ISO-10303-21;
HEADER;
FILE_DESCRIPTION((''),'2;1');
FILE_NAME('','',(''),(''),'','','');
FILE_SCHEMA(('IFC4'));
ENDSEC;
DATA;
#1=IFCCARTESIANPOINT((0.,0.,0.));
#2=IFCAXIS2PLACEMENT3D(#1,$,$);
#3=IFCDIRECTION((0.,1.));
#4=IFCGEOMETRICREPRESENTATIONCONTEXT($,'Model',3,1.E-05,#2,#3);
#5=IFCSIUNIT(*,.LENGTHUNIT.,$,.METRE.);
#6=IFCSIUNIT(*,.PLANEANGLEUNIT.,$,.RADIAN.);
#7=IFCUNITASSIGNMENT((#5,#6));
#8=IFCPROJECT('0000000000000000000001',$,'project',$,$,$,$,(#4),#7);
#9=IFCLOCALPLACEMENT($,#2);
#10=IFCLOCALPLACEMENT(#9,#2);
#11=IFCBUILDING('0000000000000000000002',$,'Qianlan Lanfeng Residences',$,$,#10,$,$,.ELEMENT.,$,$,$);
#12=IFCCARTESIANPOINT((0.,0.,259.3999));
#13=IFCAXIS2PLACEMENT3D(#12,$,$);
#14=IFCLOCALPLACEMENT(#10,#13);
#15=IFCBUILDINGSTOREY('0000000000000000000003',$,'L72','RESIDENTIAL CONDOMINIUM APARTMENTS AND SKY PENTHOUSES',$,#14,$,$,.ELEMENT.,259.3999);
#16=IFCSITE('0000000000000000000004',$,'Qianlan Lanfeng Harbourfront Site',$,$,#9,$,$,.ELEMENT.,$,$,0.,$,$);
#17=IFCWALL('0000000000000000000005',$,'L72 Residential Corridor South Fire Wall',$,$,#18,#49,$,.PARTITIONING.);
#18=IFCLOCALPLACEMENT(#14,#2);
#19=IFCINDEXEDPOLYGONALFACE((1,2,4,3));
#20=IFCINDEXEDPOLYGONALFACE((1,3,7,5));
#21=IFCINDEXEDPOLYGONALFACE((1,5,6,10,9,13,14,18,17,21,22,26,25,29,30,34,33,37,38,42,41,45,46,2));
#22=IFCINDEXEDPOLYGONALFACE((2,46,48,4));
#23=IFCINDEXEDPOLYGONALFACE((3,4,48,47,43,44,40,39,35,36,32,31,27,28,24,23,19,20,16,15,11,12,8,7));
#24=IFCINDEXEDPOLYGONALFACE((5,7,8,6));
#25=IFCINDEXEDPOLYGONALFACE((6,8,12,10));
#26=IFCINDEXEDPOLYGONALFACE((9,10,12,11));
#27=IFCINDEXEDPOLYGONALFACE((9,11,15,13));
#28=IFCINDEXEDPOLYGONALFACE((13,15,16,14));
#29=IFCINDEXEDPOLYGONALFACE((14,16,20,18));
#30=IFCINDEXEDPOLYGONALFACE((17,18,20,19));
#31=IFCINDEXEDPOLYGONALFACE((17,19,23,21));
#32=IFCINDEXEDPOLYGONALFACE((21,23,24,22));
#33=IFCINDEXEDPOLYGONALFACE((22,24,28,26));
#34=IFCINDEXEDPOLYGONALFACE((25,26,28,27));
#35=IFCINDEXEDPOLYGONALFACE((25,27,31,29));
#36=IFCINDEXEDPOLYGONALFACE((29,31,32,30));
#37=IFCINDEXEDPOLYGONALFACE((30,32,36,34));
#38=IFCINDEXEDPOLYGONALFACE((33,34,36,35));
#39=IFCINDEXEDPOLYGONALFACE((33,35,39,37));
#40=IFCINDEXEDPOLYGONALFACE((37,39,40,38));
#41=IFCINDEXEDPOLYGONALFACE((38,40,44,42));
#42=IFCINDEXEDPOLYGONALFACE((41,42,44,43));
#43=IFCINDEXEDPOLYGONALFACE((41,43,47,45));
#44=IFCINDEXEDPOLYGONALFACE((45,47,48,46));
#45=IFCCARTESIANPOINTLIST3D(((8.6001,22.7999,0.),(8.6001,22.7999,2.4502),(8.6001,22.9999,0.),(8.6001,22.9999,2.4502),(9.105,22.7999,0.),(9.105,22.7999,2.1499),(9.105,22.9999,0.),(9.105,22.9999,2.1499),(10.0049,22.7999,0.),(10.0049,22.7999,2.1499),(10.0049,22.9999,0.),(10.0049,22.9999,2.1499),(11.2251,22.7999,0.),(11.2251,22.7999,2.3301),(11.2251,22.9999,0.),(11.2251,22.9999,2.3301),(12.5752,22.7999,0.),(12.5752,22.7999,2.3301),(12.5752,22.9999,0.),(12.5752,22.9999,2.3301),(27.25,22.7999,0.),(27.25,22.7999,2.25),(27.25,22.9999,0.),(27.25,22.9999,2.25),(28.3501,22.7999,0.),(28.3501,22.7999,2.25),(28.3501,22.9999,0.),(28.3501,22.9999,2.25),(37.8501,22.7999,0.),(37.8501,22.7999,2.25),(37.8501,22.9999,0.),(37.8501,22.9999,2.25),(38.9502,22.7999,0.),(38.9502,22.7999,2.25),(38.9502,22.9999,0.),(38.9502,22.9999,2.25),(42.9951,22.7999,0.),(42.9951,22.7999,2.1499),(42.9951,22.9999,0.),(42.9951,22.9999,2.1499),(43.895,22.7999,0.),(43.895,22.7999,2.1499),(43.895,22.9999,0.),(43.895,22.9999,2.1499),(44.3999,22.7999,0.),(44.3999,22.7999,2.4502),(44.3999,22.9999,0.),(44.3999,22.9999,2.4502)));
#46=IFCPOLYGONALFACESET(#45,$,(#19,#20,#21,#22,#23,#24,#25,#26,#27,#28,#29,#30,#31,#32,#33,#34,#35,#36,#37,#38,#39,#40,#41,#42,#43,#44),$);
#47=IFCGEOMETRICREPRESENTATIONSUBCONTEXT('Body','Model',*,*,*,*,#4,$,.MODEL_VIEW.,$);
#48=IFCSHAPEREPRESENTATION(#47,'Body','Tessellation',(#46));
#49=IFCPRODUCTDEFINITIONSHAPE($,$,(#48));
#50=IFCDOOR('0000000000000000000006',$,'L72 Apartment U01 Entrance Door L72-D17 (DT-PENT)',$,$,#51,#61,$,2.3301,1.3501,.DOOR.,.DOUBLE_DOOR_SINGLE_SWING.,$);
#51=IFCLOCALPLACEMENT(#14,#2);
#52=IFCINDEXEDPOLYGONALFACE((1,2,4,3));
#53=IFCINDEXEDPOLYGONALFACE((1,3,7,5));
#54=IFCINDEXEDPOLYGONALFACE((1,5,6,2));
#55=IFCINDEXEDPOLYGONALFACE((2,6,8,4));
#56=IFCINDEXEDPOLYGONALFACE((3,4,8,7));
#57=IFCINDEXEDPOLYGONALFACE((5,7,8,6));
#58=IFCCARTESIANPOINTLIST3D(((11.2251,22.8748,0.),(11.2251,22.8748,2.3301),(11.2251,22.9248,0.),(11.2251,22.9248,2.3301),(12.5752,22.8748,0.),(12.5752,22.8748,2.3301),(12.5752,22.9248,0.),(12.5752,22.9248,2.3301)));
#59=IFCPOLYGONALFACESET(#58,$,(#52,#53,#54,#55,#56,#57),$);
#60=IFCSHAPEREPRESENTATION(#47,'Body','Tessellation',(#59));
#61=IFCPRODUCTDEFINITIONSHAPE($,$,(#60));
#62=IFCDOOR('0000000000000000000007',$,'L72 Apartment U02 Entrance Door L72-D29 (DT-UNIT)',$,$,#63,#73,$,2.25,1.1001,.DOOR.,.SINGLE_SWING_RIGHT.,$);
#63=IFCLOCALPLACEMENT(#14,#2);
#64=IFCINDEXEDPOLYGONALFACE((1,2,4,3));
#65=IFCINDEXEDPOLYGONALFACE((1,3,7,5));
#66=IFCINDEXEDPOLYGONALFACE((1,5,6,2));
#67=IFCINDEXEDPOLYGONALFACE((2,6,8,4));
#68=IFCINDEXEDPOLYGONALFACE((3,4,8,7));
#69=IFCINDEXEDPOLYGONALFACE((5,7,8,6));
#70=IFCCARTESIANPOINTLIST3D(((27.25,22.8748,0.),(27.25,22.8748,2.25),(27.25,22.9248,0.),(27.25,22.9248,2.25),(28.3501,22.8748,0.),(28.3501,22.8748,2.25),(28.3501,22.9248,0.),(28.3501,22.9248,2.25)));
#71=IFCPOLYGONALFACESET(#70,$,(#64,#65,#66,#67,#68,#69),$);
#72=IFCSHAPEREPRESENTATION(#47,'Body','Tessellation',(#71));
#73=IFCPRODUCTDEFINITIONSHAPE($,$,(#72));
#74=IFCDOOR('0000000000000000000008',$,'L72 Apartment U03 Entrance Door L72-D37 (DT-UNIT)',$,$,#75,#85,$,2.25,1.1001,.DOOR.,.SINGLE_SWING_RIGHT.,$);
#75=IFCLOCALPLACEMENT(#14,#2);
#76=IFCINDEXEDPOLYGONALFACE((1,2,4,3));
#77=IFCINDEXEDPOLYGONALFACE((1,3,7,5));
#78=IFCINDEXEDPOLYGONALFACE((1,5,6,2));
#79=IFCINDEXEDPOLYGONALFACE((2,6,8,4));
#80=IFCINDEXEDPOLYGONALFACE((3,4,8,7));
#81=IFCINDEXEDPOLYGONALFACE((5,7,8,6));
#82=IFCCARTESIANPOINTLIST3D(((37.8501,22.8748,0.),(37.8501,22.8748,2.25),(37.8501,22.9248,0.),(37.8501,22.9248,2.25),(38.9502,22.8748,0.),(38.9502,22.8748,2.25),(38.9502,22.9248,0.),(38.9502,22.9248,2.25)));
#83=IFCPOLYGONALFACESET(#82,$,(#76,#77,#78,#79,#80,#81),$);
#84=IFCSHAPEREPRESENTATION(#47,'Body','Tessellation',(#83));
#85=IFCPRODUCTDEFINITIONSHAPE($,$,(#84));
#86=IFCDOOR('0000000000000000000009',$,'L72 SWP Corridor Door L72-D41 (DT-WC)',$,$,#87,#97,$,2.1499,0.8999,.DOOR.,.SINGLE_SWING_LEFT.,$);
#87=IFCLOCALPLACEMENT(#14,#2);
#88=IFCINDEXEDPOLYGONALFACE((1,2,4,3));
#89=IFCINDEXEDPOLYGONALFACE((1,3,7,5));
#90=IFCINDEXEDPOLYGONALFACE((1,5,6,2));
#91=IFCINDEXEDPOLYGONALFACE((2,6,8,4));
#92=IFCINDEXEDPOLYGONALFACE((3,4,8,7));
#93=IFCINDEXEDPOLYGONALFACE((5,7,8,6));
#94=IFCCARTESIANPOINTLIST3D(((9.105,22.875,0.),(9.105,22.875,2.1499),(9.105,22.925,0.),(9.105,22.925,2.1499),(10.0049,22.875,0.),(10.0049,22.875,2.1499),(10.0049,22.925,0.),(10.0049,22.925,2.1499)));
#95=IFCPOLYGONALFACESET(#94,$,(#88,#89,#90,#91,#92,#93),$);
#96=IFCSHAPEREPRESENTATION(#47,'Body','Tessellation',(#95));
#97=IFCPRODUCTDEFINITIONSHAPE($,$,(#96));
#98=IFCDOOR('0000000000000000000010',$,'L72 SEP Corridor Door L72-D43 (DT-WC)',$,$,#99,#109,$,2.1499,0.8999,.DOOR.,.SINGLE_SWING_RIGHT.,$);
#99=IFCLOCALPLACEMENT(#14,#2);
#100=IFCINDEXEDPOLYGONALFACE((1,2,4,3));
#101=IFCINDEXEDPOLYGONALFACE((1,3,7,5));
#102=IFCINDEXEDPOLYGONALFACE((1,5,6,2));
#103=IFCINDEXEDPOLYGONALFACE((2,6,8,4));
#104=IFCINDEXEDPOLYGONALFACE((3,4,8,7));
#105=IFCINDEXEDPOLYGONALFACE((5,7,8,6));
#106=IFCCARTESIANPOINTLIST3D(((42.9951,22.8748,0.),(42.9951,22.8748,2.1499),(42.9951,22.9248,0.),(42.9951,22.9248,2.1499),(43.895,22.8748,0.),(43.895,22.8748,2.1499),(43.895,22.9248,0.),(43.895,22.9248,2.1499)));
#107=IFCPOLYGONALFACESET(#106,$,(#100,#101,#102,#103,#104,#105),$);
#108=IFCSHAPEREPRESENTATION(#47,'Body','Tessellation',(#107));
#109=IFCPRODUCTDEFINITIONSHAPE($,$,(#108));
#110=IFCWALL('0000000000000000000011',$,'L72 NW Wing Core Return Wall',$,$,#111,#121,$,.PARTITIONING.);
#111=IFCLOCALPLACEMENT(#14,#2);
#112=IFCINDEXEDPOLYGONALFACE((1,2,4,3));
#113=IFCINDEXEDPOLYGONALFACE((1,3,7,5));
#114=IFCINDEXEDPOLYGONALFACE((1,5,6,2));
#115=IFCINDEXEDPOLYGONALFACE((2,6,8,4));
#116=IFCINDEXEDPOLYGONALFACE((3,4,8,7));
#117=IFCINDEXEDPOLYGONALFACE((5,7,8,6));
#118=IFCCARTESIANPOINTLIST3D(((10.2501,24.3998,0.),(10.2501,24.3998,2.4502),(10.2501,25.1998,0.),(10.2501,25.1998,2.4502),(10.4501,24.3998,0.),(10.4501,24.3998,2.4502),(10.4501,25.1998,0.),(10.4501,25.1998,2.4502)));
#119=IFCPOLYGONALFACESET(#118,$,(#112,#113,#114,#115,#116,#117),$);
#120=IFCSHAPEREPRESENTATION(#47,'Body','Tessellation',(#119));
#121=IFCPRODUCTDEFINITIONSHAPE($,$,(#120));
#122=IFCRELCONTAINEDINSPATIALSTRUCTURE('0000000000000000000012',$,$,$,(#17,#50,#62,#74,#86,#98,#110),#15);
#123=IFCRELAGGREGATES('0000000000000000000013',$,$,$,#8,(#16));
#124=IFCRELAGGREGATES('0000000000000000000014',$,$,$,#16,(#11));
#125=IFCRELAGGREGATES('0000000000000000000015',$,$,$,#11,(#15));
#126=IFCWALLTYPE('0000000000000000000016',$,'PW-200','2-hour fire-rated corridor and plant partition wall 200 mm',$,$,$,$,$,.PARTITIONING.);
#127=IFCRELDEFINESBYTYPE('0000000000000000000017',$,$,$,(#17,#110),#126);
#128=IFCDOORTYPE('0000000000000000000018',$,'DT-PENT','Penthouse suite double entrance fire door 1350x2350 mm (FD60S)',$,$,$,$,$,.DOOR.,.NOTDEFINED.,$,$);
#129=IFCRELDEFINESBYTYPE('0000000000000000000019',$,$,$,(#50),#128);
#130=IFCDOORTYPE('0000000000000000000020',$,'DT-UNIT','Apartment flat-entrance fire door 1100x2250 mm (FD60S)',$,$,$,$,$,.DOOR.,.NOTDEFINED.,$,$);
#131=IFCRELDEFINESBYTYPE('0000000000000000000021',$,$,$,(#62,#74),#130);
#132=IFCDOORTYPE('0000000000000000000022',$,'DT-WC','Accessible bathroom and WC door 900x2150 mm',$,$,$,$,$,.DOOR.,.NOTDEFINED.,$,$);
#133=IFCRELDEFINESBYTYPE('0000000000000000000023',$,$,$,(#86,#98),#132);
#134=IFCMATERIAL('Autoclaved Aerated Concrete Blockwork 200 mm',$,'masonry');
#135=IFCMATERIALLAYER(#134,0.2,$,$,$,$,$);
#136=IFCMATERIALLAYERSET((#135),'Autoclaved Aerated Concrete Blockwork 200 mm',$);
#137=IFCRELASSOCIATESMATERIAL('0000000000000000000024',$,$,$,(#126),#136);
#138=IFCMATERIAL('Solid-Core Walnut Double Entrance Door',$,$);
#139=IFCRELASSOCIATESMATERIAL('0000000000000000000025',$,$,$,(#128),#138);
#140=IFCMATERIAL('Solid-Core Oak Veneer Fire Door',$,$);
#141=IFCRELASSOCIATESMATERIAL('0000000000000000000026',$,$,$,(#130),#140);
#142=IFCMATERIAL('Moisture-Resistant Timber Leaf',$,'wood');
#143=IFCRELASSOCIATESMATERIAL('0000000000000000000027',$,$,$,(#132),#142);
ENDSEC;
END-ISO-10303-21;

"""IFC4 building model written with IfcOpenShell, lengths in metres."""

from ifc_helpers import new_model, si_unit, direction, frame, frame_2d, origin, place, context, subcontext, project, spatial, rectangle, extrude, material, layer, layer_set, type_object, element, fill, save


model = new_model("IFC4")

# Units and contexts
model_context = context("Model", 3, precision=1e-05, world=origin(), true_north=direction((0.0, 1.0)))
body_context = subcontext(model_context, "Body", "Model", "MODEL_VIEW")
ifc_project = project(units=[si_unit("LENGTHUNIT", "METRE"), si_unit("PLANEANGLEUNIT", "RADIAN")], contexts=[model_context])

# Site, building, storey
site_placement = place(None, origin())
site = spatial("IfcSite", under=ifc_project, at=site_placement, Name="Qianlan Lanfeng Harbourfront Site", CompositionType="ELEMENT", RefElevation=0.0)
building_placement = place(site_placement, origin())
building = spatial("IfcBuilding", under=site, at=building_placement, Name="Qianlan Lanfeng Residences", CompositionType="ELEMENT")
storey_placement = place(building_placement, frame((0.0, 0.0, 259.3999)))
storey = spatial("IfcBuildingStorey", under=building, at=storey_placement, Name="L72", Description="RESIDENTIAL CONDOMINIUM APARTMENTS AND SKY PENTHOUSES", CompositionType="ELEMENT", Elevation=259.3999)

# Shared definitions
ifc_material_1 = material(Name="Autoclaved Aerated Concrete Blockwork 200 mm", Category="masonry")
ifc_layer_1 = layer(ifc_material_1, 0.2)
ifc_layer_set_1 = layer_set([ifc_layer_1], Name="Autoclaved Aerated Concrete Blockwork 200 mm")
wall_type_1 = type_object("IfcWallType", Name="PW-200", Description="2-hour fire-rated corridor and plant partition wall 200 mm", PredefinedType="PARTITIONING", material=ifc_layer_set_1)

# Wall, openings, doors
wall_1_placement = place(storey_placement, frame((8.6001, 22.8999, 0.0), z_axis=(0.0, 0.0, 1.0), x_axis=(1.0, 0.0, 0.0)))
wall_1 = element("IfcWall", 1, at=wall_1_placement, inside=storey, type_object=wall_type_1, Name="L72 Residential Corridor South Fire Wall", PredefinedType="PARTITIONING", context=body_context, shape_type="SweptSolid", body=[
    extrude(rectangle(XDim=35.7998, YDim=0.2, at=frame_2d((17.8999, 0.0))), origin(), (0.0, 0.0, 1.0), 2.4502),
])
opening_1_placement = place(wall_1_placement, frame((2.625, 0.0, 0.0)))
opening_1 = element("IfcOpeningElement", 2, at=opening_1_placement, cuts=wall_1, PredefinedType="OPENING", context=body_context, shape_type="SweptSolid", body=[
    extrude(rectangle(XDim=1.3501, YDim=2.3301, at=frame_2d((0.675, 1.165))), frame((0.0, 0.1099, 0.0), z_axis=(0.0, -1.0, 0.0), x_axis=(1.0, 0.0, 0.0)), (0.0, 0.0, 1.0), 0.22),
])
opening_2_placement = place(wall_1_placement, frame((18.6499, 0.0, 0.0)))
opening_2 = element("IfcOpeningElement", 3, at=opening_2_placement, cuts=wall_1, PredefinedType="OPENING", context=body_context, shape_type="SweptSolid", body=[
    extrude(rectangle(XDim=1.1001, YDim=2.25, at=frame_2d((0.55, 1.125))), frame((0.0, 0.1099, 0.0), z_axis=(0.0, -1.0, 0.0), x_axis=(1.0, 0.0, 0.0)), (0.0, 0.0, 1.0), 0.22),
])
opening_3_placement = place(wall_1_placement, frame((29.25, 0.0, 0.0)))
opening_3 = element("IfcOpeningElement", 4, at=opening_3_placement, cuts=wall_1, PredefinedType="OPENING", context=body_context, shape_type="SweptSolid", body=[
    extrude(rectangle(XDim=1.1001, YDim=2.25, at=frame_2d((0.55, 1.125))), frame((0.0, 0.1099, 0.0), z_axis=(0.0, -1.0, 0.0), x_axis=(1.0, 0.0, 0.0)), (0.0, 0.0, 1.0), 0.22),
])
opening_4_placement = place(wall_1_placement, frame((0.5049, 0.0, 0.0)))
opening_4 = element("IfcOpeningElement", 5, at=opening_4_placement, cuts=wall_1, PredefinedType="OPENING", context=body_context, shape_type="SweptSolid", body=[
    extrude(rectangle(XDim=0.8999, YDim=2.1499, at=frame_2d((0.45, 1.075))), frame((0.0, 0.1099, 0.0), z_axis=(0.0, -1.0, 0.0), x_axis=(1.0, 0.0, 0.0)), (0.0, 0.0, 1.0), 0.22),
])
opening_5_placement = place(wall_1_placement, frame((34.395, 0.0, 0.0)))
opening_5 = element("IfcOpeningElement", 6, at=opening_5_placement, cuts=wall_1, PredefinedType="OPENING", context=body_context, shape_type="SweptSolid", body=[
    extrude(rectangle(XDim=0.8999, YDim=2.1499, at=frame_2d((0.45, 1.075))), frame((0.0, 0.1099, 0.0), z_axis=(0.0, -1.0, 0.0), x_axis=(1.0, 0.0, 0.0)), (0.0, 0.0, 1.0), 0.22),
])
ifc_material_2 = material(Name="Solid-Core Walnut Double Entrance Door")
door_type_1 = type_object("IfcDoorType", Name="DT-PENT", Description="Penthouse suite double entrance fire door 1350x2350 mm (FD60S)", OperationType="NOTDEFINED", PredefinedType="DOOR", material=ifc_material_2)
door_1_placement = place(opening_1_placement, origin())
door_1 = element("IfcDoor", 7, at=door_1_placement, inside=storey, type_object=door_type_1, Name="L72 Apartment U01 Entrance Door L72-D17 (DT-PENT)", OperationType="DOUBLE_DOOR_SINGLE_SWING", OverallHeight=2.3301, OverallWidth=1.3501, PredefinedType="DOOR", context=body_context, shape_type="SweptSolid", body=[
    extrude(rectangle(XDim=1.3501, YDim=2.3301, at=frame_2d((0.675, 1.165))), frame((0.0, 0.0249, 0.0), z_axis=(0.0, -1.0, 0.0), x_axis=(1.0, 0.0, 0.0)), (0.0, 0.0, 1.0), 0.05),
])
fill(opening_1, door_1)
ifc_material_3 = material(Name="Solid-Core Oak Veneer Fire Door")
door_type_2 = type_object("IfcDoorType", Name="DT-UNIT", Description="Apartment flat-entrance fire door 1100x2250 mm (FD60S)", OperationType="NOTDEFINED", PredefinedType="DOOR", material=ifc_material_3)
door_2_placement = place(opening_2_placement, origin())
door_2 = element("IfcDoor", 8, at=door_2_placement, inside=storey, type_object=door_type_2, Name="L72 Apartment U02 Entrance Door L72-D29 (DT-UNIT)", OperationType="SINGLE_SWING_RIGHT", OverallHeight=2.25, OverallWidth=1.1001, PredefinedType="DOOR", context=body_context, shape_type="SweptSolid", body=[
    extrude(rectangle(XDim=1.1001, YDim=2.25, at=frame_2d((0.55, 1.125))), frame((0.0, 0.0249, 0.0), z_axis=(0.0, -1.0, 0.0), x_axis=(1.0, 0.0, 0.0)), (0.0, 0.0, 1.0), 0.05),
])
fill(opening_2, door_2)
door_3_placement = place(opening_3_placement, origin())
door_3 = element("IfcDoor", 9, at=door_3_placement, inside=storey, type_object=door_type_2, Name="L72 Apartment U03 Entrance Door L72-D37 (DT-UNIT)", OperationType="SINGLE_SWING_RIGHT", OverallHeight=2.25, OverallWidth=1.1001, PredefinedType="DOOR", context=body_context, shape_type="SweptSolid", body=[
    extrude(rectangle(XDim=1.1001, YDim=2.25, at=frame_2d((0.55, 1.125))), frame((0.0, 0.0249, 0.0), z_axis=(0.0, -1.0, 0.0), x_axis=(1.0, 0.0, 0.0)), (0.0, 0.0, 1.0), 0.05),
])
fill(opening_3, door_3)
ifc_material_4 = material(Name="Moisture-Resistant Timber Leaf", Category="wood")
door_type_3 = type_object("IfcDoorType", Name="DT-WC", Description="Accessible bathroom and WC door 900x2150 mm", OperationType="NOTDEFINED", PredefinedType="DOOR", material=ifc_material_4)
door_4_placement = place(opening_4_placement, frame((0.8999, 0.0, 0.0), z_axis=(0.0, 0.0, 1.0), x_axis=(-1.0, 0.0, 0.0)))
door_4 = element("IfcDoor", 10, at=door_4_placement, inside=storey, type_object=door_type_3, Name="L72 SWP Corridor Door L72-D41 (DT-WC)", OperationType="SINGLE_SWING_LEFT", OverallHeight=2.1499, OverallWidth=0.8999, PredefinedType="DOOR", context=body_context, shape_type="SweptSolid", body=[
    extrude(rectangle(XDim=0.8999, YDim=2.1499, at=frame_2d((0.45, 1.075))), frame((0.0, 0.0249, 0.0), z_axis=(0.0, -1.0, 0.0), x_axis=(1.0, 0.0, 0.0)), (0.0, 0.0, 1.0), 0.05),
])
fill(opening_4, door_4)
door_5_placement = place(opening_5_placement, origin())
door_5 = element("IfcDoor", 11, at=door_5_placement, inside=storey, type_object=door_type_3, Name="L72 SEP Corridor Door L72-D43 (DT-WC)", OperationType="SINGLE_SWING_RIGHT", OverallHeight=2.1499, OverallWidth=0.8999, PredefinedType="DOOR", context=body_context, shape_type="SweptSolid", body=[
    extrude(rectangle(XDim=0.8999, YDim=2.1499, at=frame_2d((0.45, 1.075))), frame((0.0, 0.0249, 0.0), z_axis=(0.0, -1.0, 0.0), x_axis=(1.0, 0.0, 0.0)), (0.0, 0.0, 1.0), 0.05),
])
fill(opening_5, door_5)

# Wall
wall_2_placement = place(storey_placement, frame((10.3501, 24.3999, 0.0), z_axis=(0.0, 0.0, 1.0), x_axis=(0.0, 1.0, 0.0)))
element("IfcWall", 12, at=wall_2_placement, inside=storey, type_object=wall_type_1, Name="L72 NW Wing Core Return Wall", PredefinedType="PARTITIONING", context=body_context, shape_type="SweptSolid", body=[
    extrude(rectangle(XDim=0.8, YDim=0.2, at=frame_2d((0.3999, 0.0))), origin(), (0.0, 0.0, 1.0), 2.4502),
])

save(model, "model.ifc")
